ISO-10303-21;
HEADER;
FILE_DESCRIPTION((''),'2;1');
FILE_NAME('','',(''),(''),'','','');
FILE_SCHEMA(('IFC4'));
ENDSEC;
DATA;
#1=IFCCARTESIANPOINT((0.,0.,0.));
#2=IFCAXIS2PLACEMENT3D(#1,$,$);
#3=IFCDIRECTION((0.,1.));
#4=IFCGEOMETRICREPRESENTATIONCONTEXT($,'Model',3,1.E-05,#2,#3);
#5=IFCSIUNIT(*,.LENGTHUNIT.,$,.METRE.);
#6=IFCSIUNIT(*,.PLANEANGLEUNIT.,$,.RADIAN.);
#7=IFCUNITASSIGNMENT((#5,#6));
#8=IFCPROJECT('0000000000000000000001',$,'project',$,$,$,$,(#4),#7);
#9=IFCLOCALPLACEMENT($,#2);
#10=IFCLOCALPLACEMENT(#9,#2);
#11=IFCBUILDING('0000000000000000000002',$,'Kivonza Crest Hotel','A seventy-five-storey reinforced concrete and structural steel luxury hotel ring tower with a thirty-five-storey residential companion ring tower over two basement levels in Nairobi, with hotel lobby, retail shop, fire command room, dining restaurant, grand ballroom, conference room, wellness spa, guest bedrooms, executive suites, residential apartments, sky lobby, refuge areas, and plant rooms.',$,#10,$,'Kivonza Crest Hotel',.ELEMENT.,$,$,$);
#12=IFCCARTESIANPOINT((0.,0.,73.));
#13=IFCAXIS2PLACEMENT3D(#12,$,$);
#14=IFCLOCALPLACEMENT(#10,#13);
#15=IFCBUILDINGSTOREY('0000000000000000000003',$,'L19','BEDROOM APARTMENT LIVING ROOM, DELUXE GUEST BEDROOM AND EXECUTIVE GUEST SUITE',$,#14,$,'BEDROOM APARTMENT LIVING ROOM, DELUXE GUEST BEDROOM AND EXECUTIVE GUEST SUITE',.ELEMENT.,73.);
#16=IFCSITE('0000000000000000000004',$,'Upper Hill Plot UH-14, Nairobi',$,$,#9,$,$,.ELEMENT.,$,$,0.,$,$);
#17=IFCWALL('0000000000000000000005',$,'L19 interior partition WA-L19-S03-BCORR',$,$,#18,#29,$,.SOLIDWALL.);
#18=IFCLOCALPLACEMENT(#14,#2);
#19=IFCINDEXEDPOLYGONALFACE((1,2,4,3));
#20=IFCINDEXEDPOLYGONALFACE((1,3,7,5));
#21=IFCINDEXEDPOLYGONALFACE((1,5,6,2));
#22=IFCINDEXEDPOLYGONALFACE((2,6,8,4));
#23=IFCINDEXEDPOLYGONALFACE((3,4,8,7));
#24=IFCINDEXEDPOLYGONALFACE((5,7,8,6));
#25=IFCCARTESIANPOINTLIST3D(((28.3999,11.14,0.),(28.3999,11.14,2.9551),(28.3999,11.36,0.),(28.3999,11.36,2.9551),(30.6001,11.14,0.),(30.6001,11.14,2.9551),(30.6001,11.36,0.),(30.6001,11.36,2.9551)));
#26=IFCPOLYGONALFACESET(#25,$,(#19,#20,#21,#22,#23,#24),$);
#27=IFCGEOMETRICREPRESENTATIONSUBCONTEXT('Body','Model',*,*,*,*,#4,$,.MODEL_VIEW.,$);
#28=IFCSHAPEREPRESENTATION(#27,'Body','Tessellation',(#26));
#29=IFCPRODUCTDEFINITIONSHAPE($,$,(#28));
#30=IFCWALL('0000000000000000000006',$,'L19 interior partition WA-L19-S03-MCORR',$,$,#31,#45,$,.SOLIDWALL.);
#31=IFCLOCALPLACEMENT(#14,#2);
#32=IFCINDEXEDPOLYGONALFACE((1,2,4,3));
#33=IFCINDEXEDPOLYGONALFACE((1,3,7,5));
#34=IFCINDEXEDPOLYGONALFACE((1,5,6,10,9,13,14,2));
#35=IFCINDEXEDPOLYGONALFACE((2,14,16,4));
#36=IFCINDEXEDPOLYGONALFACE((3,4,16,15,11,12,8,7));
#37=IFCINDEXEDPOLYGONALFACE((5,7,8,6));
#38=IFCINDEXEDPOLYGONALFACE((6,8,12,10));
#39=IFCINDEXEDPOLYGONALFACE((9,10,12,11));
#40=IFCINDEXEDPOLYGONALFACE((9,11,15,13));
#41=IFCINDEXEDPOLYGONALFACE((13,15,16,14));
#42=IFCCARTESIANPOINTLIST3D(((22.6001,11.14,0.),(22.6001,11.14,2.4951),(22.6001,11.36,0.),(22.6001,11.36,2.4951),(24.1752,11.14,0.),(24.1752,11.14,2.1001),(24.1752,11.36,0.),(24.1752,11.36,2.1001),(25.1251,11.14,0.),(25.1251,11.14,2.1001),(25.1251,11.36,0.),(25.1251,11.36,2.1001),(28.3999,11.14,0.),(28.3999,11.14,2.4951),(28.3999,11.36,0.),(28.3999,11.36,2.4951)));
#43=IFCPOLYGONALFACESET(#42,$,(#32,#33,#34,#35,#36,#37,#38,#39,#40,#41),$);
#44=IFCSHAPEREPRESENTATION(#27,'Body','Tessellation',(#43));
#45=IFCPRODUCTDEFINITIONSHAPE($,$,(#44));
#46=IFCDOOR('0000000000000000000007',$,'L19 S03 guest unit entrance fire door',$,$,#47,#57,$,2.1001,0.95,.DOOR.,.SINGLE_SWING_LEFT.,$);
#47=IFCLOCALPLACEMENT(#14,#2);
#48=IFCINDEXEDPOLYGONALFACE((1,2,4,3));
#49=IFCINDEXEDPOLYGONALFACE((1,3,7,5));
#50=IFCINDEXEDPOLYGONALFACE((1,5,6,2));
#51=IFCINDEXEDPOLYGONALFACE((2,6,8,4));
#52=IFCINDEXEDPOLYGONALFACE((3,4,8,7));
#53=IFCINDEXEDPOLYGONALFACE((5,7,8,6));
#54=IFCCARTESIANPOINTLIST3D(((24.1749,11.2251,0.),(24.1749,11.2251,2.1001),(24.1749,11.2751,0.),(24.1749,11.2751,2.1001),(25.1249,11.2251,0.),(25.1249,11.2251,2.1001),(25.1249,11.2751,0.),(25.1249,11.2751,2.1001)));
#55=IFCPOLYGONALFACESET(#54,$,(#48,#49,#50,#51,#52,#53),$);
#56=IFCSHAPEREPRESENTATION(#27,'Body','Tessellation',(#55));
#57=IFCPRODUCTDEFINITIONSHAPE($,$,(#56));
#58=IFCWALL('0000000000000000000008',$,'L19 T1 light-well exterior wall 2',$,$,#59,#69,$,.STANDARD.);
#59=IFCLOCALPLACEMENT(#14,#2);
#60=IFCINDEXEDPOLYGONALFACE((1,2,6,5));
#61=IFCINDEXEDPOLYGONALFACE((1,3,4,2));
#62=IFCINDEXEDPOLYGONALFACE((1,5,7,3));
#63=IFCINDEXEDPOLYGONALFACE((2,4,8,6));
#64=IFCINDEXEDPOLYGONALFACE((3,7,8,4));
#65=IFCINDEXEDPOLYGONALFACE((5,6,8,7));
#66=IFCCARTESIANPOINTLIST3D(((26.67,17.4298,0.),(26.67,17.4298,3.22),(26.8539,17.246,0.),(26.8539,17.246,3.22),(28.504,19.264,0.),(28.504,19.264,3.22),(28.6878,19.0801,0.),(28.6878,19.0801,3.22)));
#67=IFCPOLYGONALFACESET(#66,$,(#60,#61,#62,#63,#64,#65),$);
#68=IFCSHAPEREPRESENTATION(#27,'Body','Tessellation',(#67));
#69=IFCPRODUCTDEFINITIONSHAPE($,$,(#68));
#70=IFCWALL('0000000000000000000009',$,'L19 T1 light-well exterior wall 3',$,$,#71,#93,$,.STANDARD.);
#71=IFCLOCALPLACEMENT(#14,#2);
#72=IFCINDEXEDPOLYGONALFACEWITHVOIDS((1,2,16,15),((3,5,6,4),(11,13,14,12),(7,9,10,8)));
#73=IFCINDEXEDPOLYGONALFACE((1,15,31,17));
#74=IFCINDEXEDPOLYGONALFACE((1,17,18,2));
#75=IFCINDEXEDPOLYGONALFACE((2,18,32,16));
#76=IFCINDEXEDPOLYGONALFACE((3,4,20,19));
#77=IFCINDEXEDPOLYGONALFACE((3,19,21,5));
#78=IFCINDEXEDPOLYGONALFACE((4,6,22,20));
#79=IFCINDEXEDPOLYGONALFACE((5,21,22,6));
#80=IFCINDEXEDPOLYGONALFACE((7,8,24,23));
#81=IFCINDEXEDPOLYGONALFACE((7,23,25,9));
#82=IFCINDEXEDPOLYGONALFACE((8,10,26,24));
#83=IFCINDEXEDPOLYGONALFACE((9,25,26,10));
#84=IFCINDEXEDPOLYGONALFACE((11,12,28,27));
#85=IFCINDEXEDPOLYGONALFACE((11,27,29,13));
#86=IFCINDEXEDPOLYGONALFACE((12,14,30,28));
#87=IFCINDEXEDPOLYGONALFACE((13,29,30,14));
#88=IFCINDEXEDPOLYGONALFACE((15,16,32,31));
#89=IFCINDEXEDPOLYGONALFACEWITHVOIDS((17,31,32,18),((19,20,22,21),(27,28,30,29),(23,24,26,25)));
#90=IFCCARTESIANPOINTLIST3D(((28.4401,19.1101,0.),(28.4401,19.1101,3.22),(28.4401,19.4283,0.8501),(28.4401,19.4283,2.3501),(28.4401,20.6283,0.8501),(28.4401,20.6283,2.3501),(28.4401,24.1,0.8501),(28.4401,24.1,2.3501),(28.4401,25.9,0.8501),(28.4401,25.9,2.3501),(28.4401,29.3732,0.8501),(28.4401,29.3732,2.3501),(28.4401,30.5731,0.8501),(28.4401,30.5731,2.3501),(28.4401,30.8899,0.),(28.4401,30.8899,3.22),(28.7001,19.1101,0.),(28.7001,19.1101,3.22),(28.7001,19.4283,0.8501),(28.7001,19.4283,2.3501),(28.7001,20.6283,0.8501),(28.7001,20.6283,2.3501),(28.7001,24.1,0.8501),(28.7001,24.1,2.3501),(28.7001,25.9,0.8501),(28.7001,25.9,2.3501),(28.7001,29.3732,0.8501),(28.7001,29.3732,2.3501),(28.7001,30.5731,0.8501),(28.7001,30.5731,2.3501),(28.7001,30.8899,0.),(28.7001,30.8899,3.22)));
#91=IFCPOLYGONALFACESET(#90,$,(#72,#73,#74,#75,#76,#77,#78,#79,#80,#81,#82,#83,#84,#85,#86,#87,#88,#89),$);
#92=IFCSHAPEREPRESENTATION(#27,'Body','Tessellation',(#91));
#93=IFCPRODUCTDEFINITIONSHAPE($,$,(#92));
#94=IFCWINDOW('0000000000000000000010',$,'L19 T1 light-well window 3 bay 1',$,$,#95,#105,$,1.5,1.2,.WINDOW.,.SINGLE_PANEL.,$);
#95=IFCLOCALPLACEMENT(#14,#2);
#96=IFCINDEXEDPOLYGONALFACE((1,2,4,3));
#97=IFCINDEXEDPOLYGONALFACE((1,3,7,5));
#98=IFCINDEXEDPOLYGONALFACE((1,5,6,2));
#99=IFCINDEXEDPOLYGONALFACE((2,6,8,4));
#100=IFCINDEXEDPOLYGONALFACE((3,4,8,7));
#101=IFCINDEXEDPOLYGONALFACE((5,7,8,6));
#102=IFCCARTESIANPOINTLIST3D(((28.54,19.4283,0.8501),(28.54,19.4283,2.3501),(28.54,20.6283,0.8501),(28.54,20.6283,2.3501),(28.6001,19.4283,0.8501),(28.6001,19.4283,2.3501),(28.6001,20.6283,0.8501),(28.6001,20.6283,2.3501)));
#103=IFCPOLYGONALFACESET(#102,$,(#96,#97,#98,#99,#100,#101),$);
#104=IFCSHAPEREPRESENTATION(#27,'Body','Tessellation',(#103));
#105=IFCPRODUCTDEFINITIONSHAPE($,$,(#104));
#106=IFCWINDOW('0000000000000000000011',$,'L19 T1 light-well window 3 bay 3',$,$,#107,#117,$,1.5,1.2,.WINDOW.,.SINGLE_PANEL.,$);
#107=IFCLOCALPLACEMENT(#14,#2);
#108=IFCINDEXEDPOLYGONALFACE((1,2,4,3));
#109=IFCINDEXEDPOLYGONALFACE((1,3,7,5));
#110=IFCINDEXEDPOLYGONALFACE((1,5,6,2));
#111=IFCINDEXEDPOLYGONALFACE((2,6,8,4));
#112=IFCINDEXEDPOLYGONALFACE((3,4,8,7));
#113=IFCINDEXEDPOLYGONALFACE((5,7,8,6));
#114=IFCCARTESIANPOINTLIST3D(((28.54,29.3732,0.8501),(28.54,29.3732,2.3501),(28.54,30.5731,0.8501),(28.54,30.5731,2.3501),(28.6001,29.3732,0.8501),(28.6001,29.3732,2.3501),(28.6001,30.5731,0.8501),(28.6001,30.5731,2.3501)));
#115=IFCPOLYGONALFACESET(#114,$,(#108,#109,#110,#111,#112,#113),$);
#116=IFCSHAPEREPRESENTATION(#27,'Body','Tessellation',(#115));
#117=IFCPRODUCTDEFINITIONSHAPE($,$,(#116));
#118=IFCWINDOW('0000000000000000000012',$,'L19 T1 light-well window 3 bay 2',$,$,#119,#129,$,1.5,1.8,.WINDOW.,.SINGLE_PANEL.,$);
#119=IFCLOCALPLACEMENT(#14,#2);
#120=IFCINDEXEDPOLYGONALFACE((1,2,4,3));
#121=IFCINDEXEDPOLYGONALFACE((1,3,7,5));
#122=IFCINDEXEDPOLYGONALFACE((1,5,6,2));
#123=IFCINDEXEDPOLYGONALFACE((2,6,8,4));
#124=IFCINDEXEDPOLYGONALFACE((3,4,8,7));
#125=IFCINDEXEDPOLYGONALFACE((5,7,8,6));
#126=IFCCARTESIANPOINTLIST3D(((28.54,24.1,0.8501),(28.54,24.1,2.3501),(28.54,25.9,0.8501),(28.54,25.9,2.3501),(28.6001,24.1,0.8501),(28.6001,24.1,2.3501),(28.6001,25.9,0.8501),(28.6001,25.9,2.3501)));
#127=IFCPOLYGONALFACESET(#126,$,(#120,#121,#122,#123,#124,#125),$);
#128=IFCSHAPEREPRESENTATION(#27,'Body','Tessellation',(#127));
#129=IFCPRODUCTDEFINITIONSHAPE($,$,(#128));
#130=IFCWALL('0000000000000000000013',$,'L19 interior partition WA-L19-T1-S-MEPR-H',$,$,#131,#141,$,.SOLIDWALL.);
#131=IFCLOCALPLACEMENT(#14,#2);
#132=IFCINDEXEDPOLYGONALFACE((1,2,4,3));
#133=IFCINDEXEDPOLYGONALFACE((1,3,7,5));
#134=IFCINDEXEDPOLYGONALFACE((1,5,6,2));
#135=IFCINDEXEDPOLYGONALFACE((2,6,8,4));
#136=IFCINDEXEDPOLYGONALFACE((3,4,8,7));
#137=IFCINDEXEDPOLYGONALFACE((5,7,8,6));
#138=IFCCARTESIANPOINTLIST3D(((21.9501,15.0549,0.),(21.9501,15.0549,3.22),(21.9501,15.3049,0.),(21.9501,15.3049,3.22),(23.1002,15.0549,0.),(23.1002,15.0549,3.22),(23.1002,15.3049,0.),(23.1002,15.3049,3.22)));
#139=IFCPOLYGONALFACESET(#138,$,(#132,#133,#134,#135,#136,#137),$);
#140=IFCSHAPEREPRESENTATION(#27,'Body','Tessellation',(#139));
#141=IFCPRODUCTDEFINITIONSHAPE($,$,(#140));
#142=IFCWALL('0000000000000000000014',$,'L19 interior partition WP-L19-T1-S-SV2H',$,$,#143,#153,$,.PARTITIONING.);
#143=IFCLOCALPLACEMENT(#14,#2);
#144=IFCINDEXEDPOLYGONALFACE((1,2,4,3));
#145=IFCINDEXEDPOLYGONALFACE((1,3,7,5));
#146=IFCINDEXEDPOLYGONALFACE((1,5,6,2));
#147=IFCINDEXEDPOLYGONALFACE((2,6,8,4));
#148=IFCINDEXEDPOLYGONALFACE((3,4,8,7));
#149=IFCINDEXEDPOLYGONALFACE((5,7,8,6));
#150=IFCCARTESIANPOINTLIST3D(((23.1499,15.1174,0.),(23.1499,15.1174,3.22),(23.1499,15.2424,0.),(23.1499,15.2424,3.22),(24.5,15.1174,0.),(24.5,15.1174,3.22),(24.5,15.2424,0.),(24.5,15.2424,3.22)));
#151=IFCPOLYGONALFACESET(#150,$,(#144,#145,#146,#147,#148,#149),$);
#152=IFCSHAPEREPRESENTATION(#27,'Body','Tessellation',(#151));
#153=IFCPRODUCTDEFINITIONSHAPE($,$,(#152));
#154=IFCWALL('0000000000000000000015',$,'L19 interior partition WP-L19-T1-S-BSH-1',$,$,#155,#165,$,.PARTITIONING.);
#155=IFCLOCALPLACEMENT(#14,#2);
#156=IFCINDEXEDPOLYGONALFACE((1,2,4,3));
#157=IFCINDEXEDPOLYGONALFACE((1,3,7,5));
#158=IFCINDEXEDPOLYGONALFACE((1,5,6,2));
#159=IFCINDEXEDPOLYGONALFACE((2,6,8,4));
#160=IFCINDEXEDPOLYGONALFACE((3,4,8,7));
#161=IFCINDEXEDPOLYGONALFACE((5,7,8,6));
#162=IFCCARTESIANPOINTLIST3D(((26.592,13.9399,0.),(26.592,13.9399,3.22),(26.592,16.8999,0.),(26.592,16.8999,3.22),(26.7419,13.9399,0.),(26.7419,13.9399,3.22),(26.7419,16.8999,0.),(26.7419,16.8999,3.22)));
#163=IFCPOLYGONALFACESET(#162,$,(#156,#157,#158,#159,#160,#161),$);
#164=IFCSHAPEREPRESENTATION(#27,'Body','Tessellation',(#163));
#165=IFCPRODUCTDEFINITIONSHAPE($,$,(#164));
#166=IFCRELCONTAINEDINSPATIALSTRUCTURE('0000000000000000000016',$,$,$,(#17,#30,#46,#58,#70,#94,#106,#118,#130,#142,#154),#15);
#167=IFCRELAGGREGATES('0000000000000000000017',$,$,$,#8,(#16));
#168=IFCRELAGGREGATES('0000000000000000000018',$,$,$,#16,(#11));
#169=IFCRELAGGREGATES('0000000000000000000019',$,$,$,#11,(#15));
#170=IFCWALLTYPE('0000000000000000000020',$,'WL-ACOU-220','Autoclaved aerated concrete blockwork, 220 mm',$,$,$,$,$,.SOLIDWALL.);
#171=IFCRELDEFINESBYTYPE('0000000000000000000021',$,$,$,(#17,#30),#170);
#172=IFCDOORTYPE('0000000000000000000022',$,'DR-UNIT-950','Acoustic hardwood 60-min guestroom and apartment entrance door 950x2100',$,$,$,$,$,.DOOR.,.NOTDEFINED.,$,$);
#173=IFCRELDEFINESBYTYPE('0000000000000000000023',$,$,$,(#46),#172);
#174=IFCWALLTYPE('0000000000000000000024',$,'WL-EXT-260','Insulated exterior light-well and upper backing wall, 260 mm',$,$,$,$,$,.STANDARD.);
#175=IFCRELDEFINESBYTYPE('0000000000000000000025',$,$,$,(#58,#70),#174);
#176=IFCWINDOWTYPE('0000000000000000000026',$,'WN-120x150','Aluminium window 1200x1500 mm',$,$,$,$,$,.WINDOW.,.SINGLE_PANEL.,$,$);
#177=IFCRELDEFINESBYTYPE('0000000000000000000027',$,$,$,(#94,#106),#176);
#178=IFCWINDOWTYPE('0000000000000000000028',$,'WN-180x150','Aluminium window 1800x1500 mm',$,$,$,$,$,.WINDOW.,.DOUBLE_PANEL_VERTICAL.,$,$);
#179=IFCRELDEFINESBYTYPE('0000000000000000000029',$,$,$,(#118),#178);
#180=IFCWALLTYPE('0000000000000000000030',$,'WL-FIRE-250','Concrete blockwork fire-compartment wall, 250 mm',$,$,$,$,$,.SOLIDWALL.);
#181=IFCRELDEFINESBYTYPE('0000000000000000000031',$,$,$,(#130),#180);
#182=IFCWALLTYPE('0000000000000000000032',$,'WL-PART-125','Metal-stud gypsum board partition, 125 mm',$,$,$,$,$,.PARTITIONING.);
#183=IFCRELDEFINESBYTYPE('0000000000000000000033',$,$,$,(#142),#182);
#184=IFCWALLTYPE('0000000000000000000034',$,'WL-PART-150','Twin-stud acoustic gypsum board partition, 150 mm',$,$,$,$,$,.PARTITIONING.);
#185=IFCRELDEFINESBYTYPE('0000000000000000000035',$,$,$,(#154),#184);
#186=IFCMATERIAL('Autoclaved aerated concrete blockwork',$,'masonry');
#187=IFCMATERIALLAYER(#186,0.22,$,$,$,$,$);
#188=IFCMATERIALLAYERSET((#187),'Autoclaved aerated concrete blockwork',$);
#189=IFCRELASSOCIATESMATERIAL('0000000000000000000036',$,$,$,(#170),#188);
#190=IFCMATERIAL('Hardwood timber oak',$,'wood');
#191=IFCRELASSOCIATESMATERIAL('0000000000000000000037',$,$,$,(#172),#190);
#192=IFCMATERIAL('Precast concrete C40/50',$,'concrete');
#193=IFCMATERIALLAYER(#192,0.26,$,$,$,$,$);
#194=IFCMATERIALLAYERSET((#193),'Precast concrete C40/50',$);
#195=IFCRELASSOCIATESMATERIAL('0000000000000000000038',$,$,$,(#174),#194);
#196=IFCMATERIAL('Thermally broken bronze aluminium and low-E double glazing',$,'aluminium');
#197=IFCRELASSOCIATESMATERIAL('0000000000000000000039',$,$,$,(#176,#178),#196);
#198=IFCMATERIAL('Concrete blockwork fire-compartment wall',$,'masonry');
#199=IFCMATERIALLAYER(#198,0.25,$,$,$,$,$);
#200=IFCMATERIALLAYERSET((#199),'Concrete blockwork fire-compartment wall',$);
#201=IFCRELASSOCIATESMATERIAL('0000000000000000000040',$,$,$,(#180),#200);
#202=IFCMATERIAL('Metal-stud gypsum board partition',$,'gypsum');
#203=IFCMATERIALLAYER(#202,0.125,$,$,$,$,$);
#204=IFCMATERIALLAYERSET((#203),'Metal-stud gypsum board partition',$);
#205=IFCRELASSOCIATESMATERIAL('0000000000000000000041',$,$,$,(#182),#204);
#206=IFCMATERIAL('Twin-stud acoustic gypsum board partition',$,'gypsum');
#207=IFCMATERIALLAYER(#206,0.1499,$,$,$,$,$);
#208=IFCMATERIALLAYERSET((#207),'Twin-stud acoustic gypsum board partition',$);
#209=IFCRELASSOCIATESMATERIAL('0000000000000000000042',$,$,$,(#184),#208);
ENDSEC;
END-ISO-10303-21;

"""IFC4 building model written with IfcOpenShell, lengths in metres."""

from ifc_helpers import new_model, si_unit, direction, frame, frame_2d, origin, place, context, subcontext, project, spatial, rectangle, extrude, material, layer, layer_set, type_object, element, fill, save


model = new_model("IFC4")

# Units and contexts
model_context = context("Model", 3, precision=1e-05, world=origin(), true_north=direction((0.0, 1.0)))
body_context = subcontext(model_context, "Body", "Model", "MODEL_VIEW")
ifc_project = project(units=[si_unit("LENGTHUNIT", "METRE"), si_unit("PLANEANGLEUNIT", "RADIAN")], contexts=[model_context])

# Site, building, storey
site_placement = place(None, origin())
site = spatial("IfcSite", under=ifc_project, at=site_placement, Name="Upper Hill Plot UH-14, Nairobi", CompositionType="ELEMENT", RefElevation=0.0)
building_placement = place(site_placement, origin())
building = spatial("IfcBuilding", under=site, at=building_placement, Name="Kivonza Crest Hotel", Description="A seventy-five-storey reinforced concrete and structural steel luxury hotel ring tower with a thirty-five-storey residential companion ring tower over two basement levels in Nairobi, with hotel lobby, retail shop, fire command room, dining restaurant, grand ballroom, conference room, wellness spa, guest bedrooms, executive suites, residential apartments, sky lobby, refuge areas, and plant rooms.", LongName="Kivonza Crest Hotel", CompositionType="ELEMENT")
storey_placement = place(building_placement, frame((0.0, 0.0, 73.0)))
storey = spatial("IfcBuildingStorey", under=building, at=storey_placement, Name="L19", Description="BEDROOM APARTMENT LIVING ROOM, DELUXE GUEST BEDROOM AND EXECUTIVE GUEST SUITE", LongName="BEDROOM APARTMENT LIVING ROOM, DELUXE GUEST BEDROOM AND EXECUTIVE GUEST SUITE", CompositionType="ELEMENT", Elevation=73.0)

# Wall
ifc_material_1 = material(Name="Autoclaved aerated concrete blockwork", Category="masonry")
ifc_layer_1 = layer(ifc_material_1, 0.22)
ifc_layer_set_1 = layer_set([ifc_layer_1], Name="Autoclaved aerated concrete blockwork")
wall_type_1 = type_object("IfcWallType", Name="WL-ACOU-220", Description="Autoclaved aerated concrete blockwork, 220 mm", PredefinedType="SOLIDWALL", material=ifc_layer_set_1)
wall_1_placement = place(storey_placement, frame((28.3999, 11.25, 0.0), z_axis=(0.0, 0.0, 1.0), x_axis=(1.0, 0.0, 0.0)))
element("IfcWall", 1, at=wall_1_placement, inside=storey, type_object=wall_type_1, Name="L19 interior partition WA-L19-S03-BCORR", PredefinedType="SOLIDWALL", context=body_context, shape_type="SweptSolid", body=[
    extrude(rectangle(XDim=2.2002, YDim=0.22, at=frame_2d((1.1001, 0.0))), origin(), (0.0, 0.0, 1.0), 2.9551),
])

# Wall, opening, door
wall_2_placement = place(storey_placement, frame((22.6001, 11.25, 0.0), z_axis=(0.0, 0.0, 1.0), x_axis=(1.0, 0.0, 0.0)))
wall_2 = element("IfcWall", 2, at=wall_2_placement, inside=storey, type_object=wall_type_1, Name="L19 interior partition WA-L19-S03-MCORR", PredefinedType="SOLIDWALL", context=body_context, shape_type="SweptSolid", body=[
    extrude(rectangle(XDim=5.7998, YDim=0.22, at=frame_2d((2.8999, 0.0))), origin(), (0.0, 0.0, 1.0), 2.4951),
])
opening_1_placement = place(wall_2_placement, frame((1.575, 0.0, 0.0)))
opening_1 = element("IfcOpeningElement", 3, at=opening_1_placement, cuts=wall_2, PredefinedType="OPENING", context=body_context, shape_type="SweptSolid", body=[
    extrude(rectangle(XDim=0.95, YDim=2.1001, at=frame_2d((0.4751, 1.05))), frame((0.0, 0.1201, 0.0), z_axis=(0.0, -1.0, 0.0), x_axis=(1.0, 0.0, 0.0)), (0.0, 0.0, 1.0), 0.24),
])
ifc_material_2 = material(Name="Hardwood timber oak", Category="wood")
door_type_1 = type_object("IfcDoorType", Name="DR-UNIT-950", Description="Acoustic hardwood 60-min guestroom and apartment entrance door 950x2100", OperationType="NOTDEFINED", PredefinedType="DOOR", material=ifc_material_2)
door_1_placement = place(opening_1_placement, frame((0.95, 0.0, 0.0), z_axis=(0.0, 0.0, 1.0), x_axis=(-1.0, 0.0, 0.0)))
door_1 = element("IfcDoor", 4, at=door_1_placement, inside=storey, type_object=door_type_1, Name="L19 S03 guest unit entrance fire door", OperationType="SINGLE_SWING_LEFT", OverallHeight=2.1001, OverallWidth=0.95, PredefinedType="DOOR", context=body_context, shape_type="SweptSolid", body=[
    extrude(rectangle(XDim=0.95, YDim=2.1001, at=frame_2d((0.4751, 1.05))), frame((0.0, 0.0249, 0.0), z_axis=(0.0, -1.0, 0.0), x_axis=(1.0, 0.0, 0.0)), (0.0, 0.0, 1.0), 0.05),
])
fill(opening_1, door_1)

# Wall
ifc_material_3 = material(Name="Precast concrete C40/50", Category="concrete")
ifc_layer_2 = layer(ifc_material_3, 0.26)
ifc_layer_set_2 = layer_set([ifc_layer_2], Name="Precast concrete C40/50")
wall_type_2 = type_object("IfcWallType", Name="WL-EXT-260", Description="Insulated exterior light-well and upper backing wall, 260 mm", PredefinedType="STANDARD", material=ifc_layer_set_2)
wall_3_placement = place(storey_placement, frame((26.762, 17.3379, 0.0), z_axis=(0.0, 0.0, 1.0), x_axis=(0.70706, 0.707154, 0.0)))
element("IfcWall", 5, at=wall_3_placement, inside=storey, type_object=wall_type_2, Name="L19 T1 light-well exterior wall 2", PredefinedType="STANDARD", context=body_context, shape_type="SweptSolid", body=[
    extrude(rectangle(XDim=2.5938, YDim=0.26, at=frame_2d((1.2969, 0.0))), origin(), (0.0, 0.0, 1.0), 3.22),
])

# Wall, openings, windows
wall_4_placement = place(storey_placement, frame((28.5701, 19.1101, 0.0), z_axis=(0.0, 0.0, 1.0), x_axis=(0.0, 1.0, 0.0)))
wall_4 = element("IfcWall", 6, at=wall_4_placement, inside=storey, type_object=wall_type_2, Name="L19 T1 light-well exterior wall 3", PredefinedType="STANDARD", context=body_context, shape_type="SweptSolid", body=[
    extrude(rectangle(XDim=11.7798, YDim=0.26, at=frame_2d((5.8899, 0.0))), origin(), (0.0, 0.0, 1.0), 3.22),
])
opening_2_placement = place(wall_4_placement, frame((0.3181, 0.0, 0.8501)))
opening_2 = element("IfcOpeningElement", 7, at=opening_2_placement, cuts=wall_4, PredefinedType="OPENING", context=body_context, shape_type="SweptSolid", body=[
    extrude(rectangle(XDim=1.2, YDim=1.5, at=frame_2d((0.6001, 0.75))), frame((0.0, 0.1401, 0.0), z_axis=(0.0, -1.0, 0.0), x_axis=(1.0, 0.0, 0.0)), (0.0, 0.0, 1.0), 0.28),
])
opening_3_placement = place(wall_4_placement, frame((4.99, 0.0, 0.8501)))
opening_3 = element("IfcOpeningElement", 8, at=opening_3_placement, cuts=wall_4, PredefinedType="OPENING", context=body_context, shape_type="SweptSolid", body=[
    extrude(rectangle(XDim=1.8, YDim=1.5, at=frame_2d((0.8999, 0.75))), frame((0.0, 0.1401, 0.0), z_axis=(0.0, -1.0, 0.0), x_axis=(1.0, 0.0, 0.0)), (0.0, 0.0, 1.0), 0.28),
])
opening_4_placement = place(wall_4_placement, frame((10.2629, 0.0, 0.8501)))
opening_4 = element("IfcOpeningElement", 9, at=opening_4_placement, cuts=wall_4, PredefinedType="OPENING", context=body_context, shape_type="SweptSolid", body=[
    extrude(rectangle(XDim=1.2, YDim=1.5, at=frame_2d((0.6001, 0.75))), frame((0.0, 0.1401, 0.0), z_axis=(0.0, -1.0, 0.0), x_axis=(1.0, 0.0, 0.0)), (0.0, 0.0, 1.0), 0.28),
])
ifc_material_4 = material(Name="Thermally broken bronze aluminium and low-E double glazing", Category="aluminium")
window_type_1 = type_object("IfcWindowType", Name="WN-120x150", Description="Aluminium window 1200x1500 mm", PartitioningType="SINGLE_PANEL", PredefinedType="WINDOW", material=ifc_material_4)
window_1_placement = place(opening_2_placement, origin())
window_1 = element("IfcWindow", 10, at=window_1_placement, inside=storey, type_object=window_type_1, Name="L19 T1 light-well window 3 bay 1", OverallHeight=1.5, OverallWidth=1.2, PartitioningType="SINGLE_PANEL", PredefinedType="WINDOW", context=body_context, shape_type="SweptSolid", body=[
    extrude(rectangle(XDim=1.2, YDim=1.5, at=frame_2d((0.6001, 0.75))), frame((0.0, 0.03, 0.0), z_axis=(0.0, -1.0, 0.0), x_axis=(1.0, 0.0, 0.0)), (0.0, 0.0, 1.0), 0.0601),
])
fill(opening_2, window_1)
window_2_placement = place(opening_4_placement, origin())
window_2 = element("IfcWindow", 11, at=window_2_placement, inside=storey, type_object=window_type_1, Name="L19 T1 light-well window 3 bay 3", OverallHeight=1.5, OverallWidth=1.2, PartitioningType="SINGLE_PANEL", PredefinedType="WINDOW", context=body_context, shape_type="SweptSolid", body=[
    extrude(rectangle(XDim=1.2, YDim=1.5, at=frame_2d((0.6001, 0.75))), frame((0.0, 0.03, 0.0), z_axis=(0.0, -1.0, 0.0), x_axis=(1.0, 0.0, 0.0)), (0.0, 0.0, 1.0), 0.0601),
])
fill(opening_4, window_2)
window_type_2 = type_object("IfcWindowType", Name="WN-180x150", Description="Aluminium window 1800x1500 mm", PartitioningType="DOUBLE_PANEL_VERTICAL", PredefinedType="WINDOW", material=ifc_material_4)
window_3_placement = place(opening_3_placement, origin())
window_3 = element("IfcWindow", 12, at=window_3_placement, inside=storey, type_object=window_type_2, Name="L19 T1 light-well window 3 bay 2", OverallHeight=1.5, OverallWidth=1.8, PartitioningType="SINGLE_PANEL", PredefinedType="WINDOW", context=body_context, shape_type="SweptSolid", body=[
    extrude(rectangle(XDim=1.8, YDim=1.5, at=frame_2d((0.8999, 0.75))), frame((0.0, 0.03, 0.0), z_axis=(0.0, -1.0, 0.0), x_axis=(1.0, 0.0, 0.0)), (0.0, 0.0, 1.0), 0.0601),
])
fill(opening_3, window_3)

# Walls
ifc_material_5 = material(Name="Concrete blockwork fire-compartment wall", Category="masonry")
ifc_layer_3 = layer(ifc_material_5, 0.25)
ifc_layer_set_3 = layer_set([ifc_layer_3], Name="Concrete blockwork fire-compartment wall")
wall_type_3 = type_object("IfcWallType", Name="WL-FIRE-250", Description="Concrete blockwork fire-compartment wall, 250 mm", PredefinedType="SOLIDWALL", material=ifc_layer_set_3)
wall_5_placement = place(storey_placement, frame((21.95, 15.1799, 0.0), z_axis=(0.0, 0.0, 1.0), x_axis=(1.0, 0.0, 0.0)))
element("IfcWall", 13, at=wall_5_placement, inside=storey, type_object=wall_type_3, Name="L19 interior partition WA-L19-T1-S-MEPR-H", PredefinedType="SOLIDWALL", context=body_context, shape_type="SweptSolid", body=[
    extrude(rectangle(XDim=1.1501, YDim=0.25, at=frame_2d((0.5752, 0.0))), origin(), (0.0, 0.0, 1.0), 3.22),
])
ifc_material_6 = material(Name="Metal-stud gypsum board partition", Category="gypsum")
ifc_layer_4 = layer(ifc_material_6, 0.125)
ifc_layer_set_4 = layer_set([ifc_layer_4], Name="Metal-stud gypsum board partition")
wall_type_4 = type_object("IfcWallType", Name="WL-PART-125", Description="Metal-stud gypsum board partition, 125 mm", PredefinedType="PARTITIONING", material=ifc_layer_set_4)
wall_6_placement = place(storey_placement, frame((23.1499, 15.1799, 0.0), z_axis=(0.0, 0.0, 1.0), x_axis=(1.0, 0.0, 0.0)))
element("IfcWall", 14, at=wall_6_placement, inside=storey, type_object=wall_type_4, Name="L19 interior partition WP-L19-T1-S-SV2H", PredefinedType="PARTITIONING", context=body_context, shape_type="SweptSolid", body=[
    extrude(rectangle(XDim=1.3501, YDim=0.125, at=frame_2d((0.675, 0.0))), origin(), (0.0, 0.0, 1.0), 3.22),
])
ifc_material_7 = material(Name="Twin-stud acoustic gypsum board partition", Category="gypsum")
ifc_layer_5 = layer(ifc_material_7, 0.1499)
ifc_layer_set_5 = layer_set([ifc_layer_5], Name="Twin-stud acoustic gypsum board partition")
wall_type_5 = type_object("IfcWallType", Name="WL-PART-150", Description="Twin-stud acoustic gypsum board partition, 150 mm", PredefinedType="PARTITIONING", material=ifc_layer_set_5)
wall_7_placement = place(storey_placement, frame((26.667, 13.9399, 0.0), z_axis=(0.0, 0.0, 1.0), x_axis=(0.0, 1.0, 0.0)))
element("IfcWall", 15, at=wall_7_placement, inside=storey, type_object=wall_type_5, Name="L19 interior partition WP-L19-T1-S-BSH-1", PredefinedType="PARTITIONING", context=body_context, shape_type="SweptSolid", body=[
    extrude(rectangle(XDim=2.96, YDim=0.1499, at=frame_2d((1.48, 0.0))), origin(), (0.0, 0.0, 1.0), 3.22),
])

save(model, "model.ifc")
